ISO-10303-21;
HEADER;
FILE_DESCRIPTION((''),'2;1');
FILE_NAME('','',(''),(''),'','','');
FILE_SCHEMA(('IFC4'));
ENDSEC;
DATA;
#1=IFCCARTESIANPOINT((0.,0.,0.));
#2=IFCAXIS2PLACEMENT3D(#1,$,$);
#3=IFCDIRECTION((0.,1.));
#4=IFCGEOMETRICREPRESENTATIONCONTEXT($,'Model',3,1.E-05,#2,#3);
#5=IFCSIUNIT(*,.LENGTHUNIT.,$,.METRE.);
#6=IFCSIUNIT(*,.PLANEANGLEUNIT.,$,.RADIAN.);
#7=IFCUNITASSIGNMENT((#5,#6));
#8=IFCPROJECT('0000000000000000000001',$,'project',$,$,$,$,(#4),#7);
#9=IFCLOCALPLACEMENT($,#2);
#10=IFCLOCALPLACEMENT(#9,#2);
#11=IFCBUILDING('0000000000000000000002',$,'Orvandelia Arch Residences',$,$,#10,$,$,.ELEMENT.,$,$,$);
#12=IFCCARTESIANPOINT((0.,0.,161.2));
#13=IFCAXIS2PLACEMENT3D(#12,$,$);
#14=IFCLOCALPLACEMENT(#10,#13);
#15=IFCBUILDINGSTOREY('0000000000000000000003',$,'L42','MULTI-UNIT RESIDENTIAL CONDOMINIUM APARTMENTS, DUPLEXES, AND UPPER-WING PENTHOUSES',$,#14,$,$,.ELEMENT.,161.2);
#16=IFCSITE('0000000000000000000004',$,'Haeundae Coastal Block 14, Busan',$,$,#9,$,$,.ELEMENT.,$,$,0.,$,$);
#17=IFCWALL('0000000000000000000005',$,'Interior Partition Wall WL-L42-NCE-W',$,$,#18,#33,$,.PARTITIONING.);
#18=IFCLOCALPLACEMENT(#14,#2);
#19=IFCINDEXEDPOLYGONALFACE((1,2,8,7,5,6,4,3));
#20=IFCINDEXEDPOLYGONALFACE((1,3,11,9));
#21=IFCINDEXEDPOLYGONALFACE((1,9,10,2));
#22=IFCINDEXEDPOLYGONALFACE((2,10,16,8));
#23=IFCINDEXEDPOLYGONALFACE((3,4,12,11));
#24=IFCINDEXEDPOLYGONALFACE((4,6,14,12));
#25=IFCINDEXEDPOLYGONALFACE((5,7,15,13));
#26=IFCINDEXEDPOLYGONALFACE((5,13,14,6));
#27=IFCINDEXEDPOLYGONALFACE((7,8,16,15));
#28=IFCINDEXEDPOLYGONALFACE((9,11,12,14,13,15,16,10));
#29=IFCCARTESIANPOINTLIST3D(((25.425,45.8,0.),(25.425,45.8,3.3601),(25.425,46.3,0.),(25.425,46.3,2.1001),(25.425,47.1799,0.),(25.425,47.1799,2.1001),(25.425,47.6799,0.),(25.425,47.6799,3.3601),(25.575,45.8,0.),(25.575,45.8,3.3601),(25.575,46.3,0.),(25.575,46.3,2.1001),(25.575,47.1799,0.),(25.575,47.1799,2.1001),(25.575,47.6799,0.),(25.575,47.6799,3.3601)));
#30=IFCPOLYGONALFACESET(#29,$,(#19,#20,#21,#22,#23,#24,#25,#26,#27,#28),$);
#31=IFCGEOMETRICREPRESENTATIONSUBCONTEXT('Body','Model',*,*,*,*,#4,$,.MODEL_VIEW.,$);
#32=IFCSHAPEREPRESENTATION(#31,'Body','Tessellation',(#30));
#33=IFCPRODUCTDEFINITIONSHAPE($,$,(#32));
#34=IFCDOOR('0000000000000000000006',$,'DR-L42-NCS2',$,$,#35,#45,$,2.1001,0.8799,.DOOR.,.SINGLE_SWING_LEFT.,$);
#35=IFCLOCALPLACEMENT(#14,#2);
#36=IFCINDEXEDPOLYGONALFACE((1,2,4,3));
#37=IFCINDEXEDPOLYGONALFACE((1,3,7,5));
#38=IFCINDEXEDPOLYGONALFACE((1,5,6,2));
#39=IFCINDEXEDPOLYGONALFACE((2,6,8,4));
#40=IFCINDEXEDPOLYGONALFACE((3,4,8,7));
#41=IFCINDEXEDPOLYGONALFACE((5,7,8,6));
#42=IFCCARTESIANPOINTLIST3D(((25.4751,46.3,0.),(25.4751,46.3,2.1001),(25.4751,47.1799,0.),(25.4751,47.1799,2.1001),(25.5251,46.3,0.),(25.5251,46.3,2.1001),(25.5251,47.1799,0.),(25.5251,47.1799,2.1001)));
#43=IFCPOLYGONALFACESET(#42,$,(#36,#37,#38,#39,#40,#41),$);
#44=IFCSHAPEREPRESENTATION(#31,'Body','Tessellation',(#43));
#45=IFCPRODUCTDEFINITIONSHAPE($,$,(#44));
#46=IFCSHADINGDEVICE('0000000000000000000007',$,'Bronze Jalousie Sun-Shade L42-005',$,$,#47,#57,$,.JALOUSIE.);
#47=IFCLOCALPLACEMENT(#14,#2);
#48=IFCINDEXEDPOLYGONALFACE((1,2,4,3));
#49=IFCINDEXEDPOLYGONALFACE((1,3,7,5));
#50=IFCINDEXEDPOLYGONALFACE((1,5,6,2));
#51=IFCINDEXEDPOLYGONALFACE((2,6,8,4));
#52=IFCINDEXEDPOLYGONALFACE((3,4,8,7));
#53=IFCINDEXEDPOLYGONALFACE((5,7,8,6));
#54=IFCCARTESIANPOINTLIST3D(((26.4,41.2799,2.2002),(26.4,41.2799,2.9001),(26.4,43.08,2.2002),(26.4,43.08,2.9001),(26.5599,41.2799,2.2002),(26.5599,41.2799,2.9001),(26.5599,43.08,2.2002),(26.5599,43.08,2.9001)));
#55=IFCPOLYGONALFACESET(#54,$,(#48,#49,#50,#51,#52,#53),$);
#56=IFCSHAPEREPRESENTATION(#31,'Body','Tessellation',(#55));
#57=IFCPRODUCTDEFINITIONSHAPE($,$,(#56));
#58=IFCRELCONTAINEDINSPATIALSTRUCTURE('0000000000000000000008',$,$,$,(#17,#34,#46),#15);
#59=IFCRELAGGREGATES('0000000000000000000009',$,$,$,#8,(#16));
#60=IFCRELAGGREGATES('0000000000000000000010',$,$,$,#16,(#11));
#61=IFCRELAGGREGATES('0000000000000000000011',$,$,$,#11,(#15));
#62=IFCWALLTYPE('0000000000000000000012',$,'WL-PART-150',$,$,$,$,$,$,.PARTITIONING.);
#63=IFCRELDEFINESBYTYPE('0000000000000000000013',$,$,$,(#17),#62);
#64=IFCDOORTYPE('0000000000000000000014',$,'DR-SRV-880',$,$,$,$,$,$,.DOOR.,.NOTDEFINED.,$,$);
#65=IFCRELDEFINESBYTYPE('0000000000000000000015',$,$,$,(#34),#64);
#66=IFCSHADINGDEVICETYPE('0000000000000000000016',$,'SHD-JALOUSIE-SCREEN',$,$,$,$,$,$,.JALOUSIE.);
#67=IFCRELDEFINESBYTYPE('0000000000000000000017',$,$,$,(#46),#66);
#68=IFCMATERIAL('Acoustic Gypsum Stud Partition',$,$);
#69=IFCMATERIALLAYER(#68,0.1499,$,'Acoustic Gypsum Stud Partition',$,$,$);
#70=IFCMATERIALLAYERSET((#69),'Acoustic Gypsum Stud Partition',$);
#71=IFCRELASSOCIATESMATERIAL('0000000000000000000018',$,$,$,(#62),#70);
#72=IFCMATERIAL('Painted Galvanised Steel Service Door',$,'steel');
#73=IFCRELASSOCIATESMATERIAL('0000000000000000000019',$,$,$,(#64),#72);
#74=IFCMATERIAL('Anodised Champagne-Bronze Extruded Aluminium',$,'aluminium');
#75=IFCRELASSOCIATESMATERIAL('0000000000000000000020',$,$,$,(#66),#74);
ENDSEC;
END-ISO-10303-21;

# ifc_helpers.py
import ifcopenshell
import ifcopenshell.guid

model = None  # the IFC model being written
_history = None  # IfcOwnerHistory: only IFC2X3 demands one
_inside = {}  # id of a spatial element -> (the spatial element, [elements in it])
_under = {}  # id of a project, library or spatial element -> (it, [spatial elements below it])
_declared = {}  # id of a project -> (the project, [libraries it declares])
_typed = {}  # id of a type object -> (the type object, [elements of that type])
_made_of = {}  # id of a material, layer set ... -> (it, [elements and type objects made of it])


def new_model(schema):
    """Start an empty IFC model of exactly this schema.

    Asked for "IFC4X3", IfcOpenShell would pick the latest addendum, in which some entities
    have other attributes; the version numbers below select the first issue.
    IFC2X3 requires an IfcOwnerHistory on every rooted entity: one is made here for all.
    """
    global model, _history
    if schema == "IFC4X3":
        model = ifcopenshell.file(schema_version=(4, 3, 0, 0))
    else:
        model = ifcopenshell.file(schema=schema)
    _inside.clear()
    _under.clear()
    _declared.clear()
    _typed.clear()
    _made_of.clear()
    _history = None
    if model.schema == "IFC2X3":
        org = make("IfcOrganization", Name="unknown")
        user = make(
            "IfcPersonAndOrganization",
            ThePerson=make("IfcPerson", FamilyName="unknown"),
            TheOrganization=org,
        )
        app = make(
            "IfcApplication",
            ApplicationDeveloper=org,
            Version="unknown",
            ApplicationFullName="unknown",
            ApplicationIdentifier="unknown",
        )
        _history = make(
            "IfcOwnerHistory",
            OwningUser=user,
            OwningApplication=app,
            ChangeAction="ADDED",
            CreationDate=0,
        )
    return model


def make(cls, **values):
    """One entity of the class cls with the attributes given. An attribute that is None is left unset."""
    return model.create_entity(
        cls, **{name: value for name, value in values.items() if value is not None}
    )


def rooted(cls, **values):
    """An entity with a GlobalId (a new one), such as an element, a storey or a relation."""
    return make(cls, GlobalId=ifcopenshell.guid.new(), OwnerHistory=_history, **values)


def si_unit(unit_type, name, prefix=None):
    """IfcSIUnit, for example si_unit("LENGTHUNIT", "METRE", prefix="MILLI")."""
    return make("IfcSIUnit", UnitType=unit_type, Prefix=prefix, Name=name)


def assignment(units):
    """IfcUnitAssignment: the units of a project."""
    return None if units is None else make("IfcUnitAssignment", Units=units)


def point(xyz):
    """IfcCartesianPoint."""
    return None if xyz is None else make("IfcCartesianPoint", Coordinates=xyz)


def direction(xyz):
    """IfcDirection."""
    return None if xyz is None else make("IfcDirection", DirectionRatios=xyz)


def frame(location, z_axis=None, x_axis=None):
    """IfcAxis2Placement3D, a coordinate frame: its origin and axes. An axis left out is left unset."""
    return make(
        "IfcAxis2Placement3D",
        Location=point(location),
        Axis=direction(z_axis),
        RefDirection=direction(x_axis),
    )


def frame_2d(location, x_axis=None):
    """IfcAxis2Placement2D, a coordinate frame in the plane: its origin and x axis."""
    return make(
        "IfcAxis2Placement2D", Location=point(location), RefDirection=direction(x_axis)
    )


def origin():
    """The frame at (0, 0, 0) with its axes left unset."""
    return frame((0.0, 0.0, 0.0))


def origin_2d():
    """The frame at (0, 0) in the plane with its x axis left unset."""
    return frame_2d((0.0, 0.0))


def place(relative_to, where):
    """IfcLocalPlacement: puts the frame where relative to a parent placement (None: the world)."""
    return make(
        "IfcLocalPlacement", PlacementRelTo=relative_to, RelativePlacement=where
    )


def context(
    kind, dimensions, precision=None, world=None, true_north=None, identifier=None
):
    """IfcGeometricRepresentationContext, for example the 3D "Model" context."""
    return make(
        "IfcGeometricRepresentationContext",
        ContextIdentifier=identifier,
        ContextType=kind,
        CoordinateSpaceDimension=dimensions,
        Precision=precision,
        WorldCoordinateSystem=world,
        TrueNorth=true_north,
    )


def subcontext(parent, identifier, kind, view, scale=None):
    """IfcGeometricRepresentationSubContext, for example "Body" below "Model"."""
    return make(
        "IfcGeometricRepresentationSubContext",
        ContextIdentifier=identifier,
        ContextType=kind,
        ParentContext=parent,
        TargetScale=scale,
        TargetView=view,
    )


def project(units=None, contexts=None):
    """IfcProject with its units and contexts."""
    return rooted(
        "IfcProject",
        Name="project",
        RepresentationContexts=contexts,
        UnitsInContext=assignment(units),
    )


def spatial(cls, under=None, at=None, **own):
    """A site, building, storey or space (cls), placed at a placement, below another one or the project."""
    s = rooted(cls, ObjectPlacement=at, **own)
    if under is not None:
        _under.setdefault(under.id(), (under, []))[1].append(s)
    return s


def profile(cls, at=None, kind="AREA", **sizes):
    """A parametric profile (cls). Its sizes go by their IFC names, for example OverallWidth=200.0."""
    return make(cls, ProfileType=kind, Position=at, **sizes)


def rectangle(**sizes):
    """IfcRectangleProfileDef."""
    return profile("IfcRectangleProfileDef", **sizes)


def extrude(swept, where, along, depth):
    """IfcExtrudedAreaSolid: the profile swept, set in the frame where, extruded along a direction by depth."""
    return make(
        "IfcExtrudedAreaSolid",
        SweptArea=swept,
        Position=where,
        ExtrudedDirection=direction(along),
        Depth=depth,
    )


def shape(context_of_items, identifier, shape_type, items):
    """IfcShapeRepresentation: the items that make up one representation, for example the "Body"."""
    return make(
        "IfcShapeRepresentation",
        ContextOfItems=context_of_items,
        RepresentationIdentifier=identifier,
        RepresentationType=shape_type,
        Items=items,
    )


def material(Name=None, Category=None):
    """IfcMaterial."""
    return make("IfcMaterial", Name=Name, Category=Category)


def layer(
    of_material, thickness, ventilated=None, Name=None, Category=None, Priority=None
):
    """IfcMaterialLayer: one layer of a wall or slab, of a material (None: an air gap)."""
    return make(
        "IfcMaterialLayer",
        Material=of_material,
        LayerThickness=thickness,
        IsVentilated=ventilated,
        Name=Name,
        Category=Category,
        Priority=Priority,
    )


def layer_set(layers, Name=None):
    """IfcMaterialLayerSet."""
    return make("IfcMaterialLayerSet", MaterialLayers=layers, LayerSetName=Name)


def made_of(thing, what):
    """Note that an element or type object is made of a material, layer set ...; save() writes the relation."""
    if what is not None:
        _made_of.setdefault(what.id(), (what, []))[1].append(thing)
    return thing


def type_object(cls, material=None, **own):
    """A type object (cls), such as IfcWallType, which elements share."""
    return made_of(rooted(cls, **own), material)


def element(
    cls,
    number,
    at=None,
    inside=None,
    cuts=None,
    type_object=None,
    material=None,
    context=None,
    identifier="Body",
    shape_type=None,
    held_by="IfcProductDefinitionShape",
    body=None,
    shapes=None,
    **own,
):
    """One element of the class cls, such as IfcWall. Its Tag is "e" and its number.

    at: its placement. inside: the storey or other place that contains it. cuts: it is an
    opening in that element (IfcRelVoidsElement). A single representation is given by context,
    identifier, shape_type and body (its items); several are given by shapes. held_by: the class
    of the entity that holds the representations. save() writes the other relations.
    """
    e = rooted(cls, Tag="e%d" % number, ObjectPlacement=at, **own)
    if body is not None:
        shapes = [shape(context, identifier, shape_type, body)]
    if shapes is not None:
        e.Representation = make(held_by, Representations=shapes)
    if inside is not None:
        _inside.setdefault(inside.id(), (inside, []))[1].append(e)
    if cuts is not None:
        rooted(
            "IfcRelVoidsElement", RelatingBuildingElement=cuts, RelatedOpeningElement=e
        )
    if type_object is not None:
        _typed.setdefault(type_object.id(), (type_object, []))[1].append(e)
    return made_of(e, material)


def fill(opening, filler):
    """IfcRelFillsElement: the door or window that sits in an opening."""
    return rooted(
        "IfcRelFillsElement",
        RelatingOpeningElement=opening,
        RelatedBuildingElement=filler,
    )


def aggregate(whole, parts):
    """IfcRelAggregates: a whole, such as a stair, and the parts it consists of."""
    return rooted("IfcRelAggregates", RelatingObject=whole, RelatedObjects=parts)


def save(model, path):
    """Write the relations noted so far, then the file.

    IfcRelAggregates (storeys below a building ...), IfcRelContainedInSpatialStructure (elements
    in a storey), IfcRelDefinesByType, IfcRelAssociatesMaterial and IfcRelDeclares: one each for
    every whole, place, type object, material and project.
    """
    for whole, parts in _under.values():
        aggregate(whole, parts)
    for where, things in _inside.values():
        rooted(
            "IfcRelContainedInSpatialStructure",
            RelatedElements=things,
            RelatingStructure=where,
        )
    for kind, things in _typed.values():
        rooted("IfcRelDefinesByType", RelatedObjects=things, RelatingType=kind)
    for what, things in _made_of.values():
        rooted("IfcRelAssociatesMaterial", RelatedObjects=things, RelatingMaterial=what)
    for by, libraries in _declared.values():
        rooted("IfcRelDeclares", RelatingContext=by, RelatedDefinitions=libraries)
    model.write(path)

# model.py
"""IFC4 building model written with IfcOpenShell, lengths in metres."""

from ifc_helpers import new_model, si_unit, direction, frame, frame_2d, origin, origin_2d, place, context, subcontext, project, spatial, rectangle, extrude, material, layer, layer_set, type_object, element, fill, save


model = new_model("IFC4")

# Units and contexts
model_context = context("Model", 3, precision=1e-05, world=origin(), true_north=direction((0.0, 1.0)))
body_context = subcontext(model_context, "Body", "Model", "MODEL_VIEW")
ifc_project = project(units=[si_unit("LENGTHUNIT", "METRE"), si_unit("PLANEANGLEUNIT", "RADIAN")], contexts=[model_context])

# Site, building, storey
site_placement = place(None, origin())
site = spatial("IfcSite", under=ifc_project, at=site_placement, Name="Haeundae Coastal Block 14, Busan", CompositionType="ELEMENT", RefElevation=0.0)
building_placement = place(site_placement, origin())
building = spatial("IfcBuilding", under=site, at=building_placement, Name="Orvandelia Arch Residences", CompositionType="ELEMENT")
storey_placement = place(building_placement, frame((0.0, 0.0, 161.2)))
storey = spatial("IfcBuildingStorey", under=building, at=storey_placement, Name="L42", Description="MULTI-UNIT RESIDENTIAL CONDOMINIUM APARTMENTS, DUPLEXES, AND UPPER-WING PENTHOUSES", CompositionType="ELEMENT", Elevation=161.2)

# Wall, opening, door
ifc_material_1 = material(Name="Acoustic Gypsum Stud Partition")
ifc_layer_1 = layer(ifc_material_1, 0.1499, Name="Acoustic Gypsum Stud Partition")
ifc_layer_set_1 = layer_set([ifc_layer_1], Name="Acoustic Gypsum Stud Partition")
wall_type_1 = type_object("IfcWallType", Name="WL-PART-150", PredefinedType="PARTITIONING", material=ifc_layer_set_1)
wall_1_placement = place(storey_placement, frame((25.5, 45.8, 0.0), z_axis=(0.0, 0.0, 1.0), x_axis=(0.0, 1.0, 0.0)))
wall_1 = element("IfcWall", 1, at=wall_1_placement, inside=storey, type_object=wall_type_1, Name="Interior Partition Wall WL-L42-NCE-W", PredefinedType="PARTITIONING", context=body_context, shape_type="SweptSolid", body=[
    extrude(rectangle(XDim=1.8799, YDim=0.1499, at=frame_2d((0.9399, 0.0))), origin(), (0.0, 0.0, 1.0), 3.3601),
])
opening_1_placement = place(wall_1_placement, frame((0.5, 0.0, 0.0)))
opening_1 = element("IfcOpeningElement", 2, at=opening_1_placement, cuts=wall_1, PredefinedType="OPENING", context=body_context, shape_type="SweptSolid", body=[
    extrude(rectangle(XDim=0.8799, YDim=2.1001, at=frame_2d((0.4399, 1.05))), frame((0.0, 0.085, 0.0), z_axis=(0.0, -1.0, 0.0), x_axis=(1.0, 0.0, 0.0)), (0.0, 0.0, 1.0), 0.1699),
])
ifc_material_2 = material(Name="Painted Galvanised Steel Service Door", Category="steel")
door_type_1 = type_object("IfcDoorType", Name="DR-SRV-880", OperationType="NOTDEFINED", PredefinedType="DOOR", material=ifc_material_2)
door_1_placement = place(opening_1_placement, origin())
door_1 = element("IfcDoor", 3, at=door_1_placement, inside=storey, type_object=door_type_1, Name="DR-L42-NCS2", OperationType="SINGLE_SWING_LEFT", OverallHeight=2.1001, OverallWidth=0.8799, PredefinedType="DOOR", context=body_context, shape_type="SweptSolid", body=[
    extrude(rectangle(XDim=0.8799, YDim=2.1001, at=frame_2d((0.4399, 1.05))), frame((0.0, 0.0249, 0.0), z_axis=(0.0, -1.0, 0.0), x_axis=(1.0, 0.0, 0.0)), (0.0, 0.0, 1.0), 0.05),
])
fill(opening_1, door_1)

# Shading device
ifc_material_3 = material(Name="Anodised Champagne-Bronze Extruded Aluminium", Category="aluminium")
shading_device_type = type_object("IfcShadingDeviceType", Name="SHD-JALOUSIE-SCREEN", PredefinedType="JALOUSIE", material=ifc_material_3)
shading_device_placement = place(storey_placement, frame((26.48, 42.1799, 2.2002), z_axis=(0.0, 0.0, 1.0), x_axis=(0.0, -1.0, 0.0)))
element("IfcShadingDevice", 4, at=shading_device_placement, inside=storey, type_object=shading_device_type, Name="Bronze Jalousie Sun-Shade L42-005", PredefinedType="JALOUSIE", context=body_context, shape_type="SweptSolid", body=[
    extrude(rectangle(XDim=1.8, YDim=0.1599, at=origin_2d()), origin(), (0.0, 0.0, 1.0), 0.7),
])

save(model, "model.ifc")
